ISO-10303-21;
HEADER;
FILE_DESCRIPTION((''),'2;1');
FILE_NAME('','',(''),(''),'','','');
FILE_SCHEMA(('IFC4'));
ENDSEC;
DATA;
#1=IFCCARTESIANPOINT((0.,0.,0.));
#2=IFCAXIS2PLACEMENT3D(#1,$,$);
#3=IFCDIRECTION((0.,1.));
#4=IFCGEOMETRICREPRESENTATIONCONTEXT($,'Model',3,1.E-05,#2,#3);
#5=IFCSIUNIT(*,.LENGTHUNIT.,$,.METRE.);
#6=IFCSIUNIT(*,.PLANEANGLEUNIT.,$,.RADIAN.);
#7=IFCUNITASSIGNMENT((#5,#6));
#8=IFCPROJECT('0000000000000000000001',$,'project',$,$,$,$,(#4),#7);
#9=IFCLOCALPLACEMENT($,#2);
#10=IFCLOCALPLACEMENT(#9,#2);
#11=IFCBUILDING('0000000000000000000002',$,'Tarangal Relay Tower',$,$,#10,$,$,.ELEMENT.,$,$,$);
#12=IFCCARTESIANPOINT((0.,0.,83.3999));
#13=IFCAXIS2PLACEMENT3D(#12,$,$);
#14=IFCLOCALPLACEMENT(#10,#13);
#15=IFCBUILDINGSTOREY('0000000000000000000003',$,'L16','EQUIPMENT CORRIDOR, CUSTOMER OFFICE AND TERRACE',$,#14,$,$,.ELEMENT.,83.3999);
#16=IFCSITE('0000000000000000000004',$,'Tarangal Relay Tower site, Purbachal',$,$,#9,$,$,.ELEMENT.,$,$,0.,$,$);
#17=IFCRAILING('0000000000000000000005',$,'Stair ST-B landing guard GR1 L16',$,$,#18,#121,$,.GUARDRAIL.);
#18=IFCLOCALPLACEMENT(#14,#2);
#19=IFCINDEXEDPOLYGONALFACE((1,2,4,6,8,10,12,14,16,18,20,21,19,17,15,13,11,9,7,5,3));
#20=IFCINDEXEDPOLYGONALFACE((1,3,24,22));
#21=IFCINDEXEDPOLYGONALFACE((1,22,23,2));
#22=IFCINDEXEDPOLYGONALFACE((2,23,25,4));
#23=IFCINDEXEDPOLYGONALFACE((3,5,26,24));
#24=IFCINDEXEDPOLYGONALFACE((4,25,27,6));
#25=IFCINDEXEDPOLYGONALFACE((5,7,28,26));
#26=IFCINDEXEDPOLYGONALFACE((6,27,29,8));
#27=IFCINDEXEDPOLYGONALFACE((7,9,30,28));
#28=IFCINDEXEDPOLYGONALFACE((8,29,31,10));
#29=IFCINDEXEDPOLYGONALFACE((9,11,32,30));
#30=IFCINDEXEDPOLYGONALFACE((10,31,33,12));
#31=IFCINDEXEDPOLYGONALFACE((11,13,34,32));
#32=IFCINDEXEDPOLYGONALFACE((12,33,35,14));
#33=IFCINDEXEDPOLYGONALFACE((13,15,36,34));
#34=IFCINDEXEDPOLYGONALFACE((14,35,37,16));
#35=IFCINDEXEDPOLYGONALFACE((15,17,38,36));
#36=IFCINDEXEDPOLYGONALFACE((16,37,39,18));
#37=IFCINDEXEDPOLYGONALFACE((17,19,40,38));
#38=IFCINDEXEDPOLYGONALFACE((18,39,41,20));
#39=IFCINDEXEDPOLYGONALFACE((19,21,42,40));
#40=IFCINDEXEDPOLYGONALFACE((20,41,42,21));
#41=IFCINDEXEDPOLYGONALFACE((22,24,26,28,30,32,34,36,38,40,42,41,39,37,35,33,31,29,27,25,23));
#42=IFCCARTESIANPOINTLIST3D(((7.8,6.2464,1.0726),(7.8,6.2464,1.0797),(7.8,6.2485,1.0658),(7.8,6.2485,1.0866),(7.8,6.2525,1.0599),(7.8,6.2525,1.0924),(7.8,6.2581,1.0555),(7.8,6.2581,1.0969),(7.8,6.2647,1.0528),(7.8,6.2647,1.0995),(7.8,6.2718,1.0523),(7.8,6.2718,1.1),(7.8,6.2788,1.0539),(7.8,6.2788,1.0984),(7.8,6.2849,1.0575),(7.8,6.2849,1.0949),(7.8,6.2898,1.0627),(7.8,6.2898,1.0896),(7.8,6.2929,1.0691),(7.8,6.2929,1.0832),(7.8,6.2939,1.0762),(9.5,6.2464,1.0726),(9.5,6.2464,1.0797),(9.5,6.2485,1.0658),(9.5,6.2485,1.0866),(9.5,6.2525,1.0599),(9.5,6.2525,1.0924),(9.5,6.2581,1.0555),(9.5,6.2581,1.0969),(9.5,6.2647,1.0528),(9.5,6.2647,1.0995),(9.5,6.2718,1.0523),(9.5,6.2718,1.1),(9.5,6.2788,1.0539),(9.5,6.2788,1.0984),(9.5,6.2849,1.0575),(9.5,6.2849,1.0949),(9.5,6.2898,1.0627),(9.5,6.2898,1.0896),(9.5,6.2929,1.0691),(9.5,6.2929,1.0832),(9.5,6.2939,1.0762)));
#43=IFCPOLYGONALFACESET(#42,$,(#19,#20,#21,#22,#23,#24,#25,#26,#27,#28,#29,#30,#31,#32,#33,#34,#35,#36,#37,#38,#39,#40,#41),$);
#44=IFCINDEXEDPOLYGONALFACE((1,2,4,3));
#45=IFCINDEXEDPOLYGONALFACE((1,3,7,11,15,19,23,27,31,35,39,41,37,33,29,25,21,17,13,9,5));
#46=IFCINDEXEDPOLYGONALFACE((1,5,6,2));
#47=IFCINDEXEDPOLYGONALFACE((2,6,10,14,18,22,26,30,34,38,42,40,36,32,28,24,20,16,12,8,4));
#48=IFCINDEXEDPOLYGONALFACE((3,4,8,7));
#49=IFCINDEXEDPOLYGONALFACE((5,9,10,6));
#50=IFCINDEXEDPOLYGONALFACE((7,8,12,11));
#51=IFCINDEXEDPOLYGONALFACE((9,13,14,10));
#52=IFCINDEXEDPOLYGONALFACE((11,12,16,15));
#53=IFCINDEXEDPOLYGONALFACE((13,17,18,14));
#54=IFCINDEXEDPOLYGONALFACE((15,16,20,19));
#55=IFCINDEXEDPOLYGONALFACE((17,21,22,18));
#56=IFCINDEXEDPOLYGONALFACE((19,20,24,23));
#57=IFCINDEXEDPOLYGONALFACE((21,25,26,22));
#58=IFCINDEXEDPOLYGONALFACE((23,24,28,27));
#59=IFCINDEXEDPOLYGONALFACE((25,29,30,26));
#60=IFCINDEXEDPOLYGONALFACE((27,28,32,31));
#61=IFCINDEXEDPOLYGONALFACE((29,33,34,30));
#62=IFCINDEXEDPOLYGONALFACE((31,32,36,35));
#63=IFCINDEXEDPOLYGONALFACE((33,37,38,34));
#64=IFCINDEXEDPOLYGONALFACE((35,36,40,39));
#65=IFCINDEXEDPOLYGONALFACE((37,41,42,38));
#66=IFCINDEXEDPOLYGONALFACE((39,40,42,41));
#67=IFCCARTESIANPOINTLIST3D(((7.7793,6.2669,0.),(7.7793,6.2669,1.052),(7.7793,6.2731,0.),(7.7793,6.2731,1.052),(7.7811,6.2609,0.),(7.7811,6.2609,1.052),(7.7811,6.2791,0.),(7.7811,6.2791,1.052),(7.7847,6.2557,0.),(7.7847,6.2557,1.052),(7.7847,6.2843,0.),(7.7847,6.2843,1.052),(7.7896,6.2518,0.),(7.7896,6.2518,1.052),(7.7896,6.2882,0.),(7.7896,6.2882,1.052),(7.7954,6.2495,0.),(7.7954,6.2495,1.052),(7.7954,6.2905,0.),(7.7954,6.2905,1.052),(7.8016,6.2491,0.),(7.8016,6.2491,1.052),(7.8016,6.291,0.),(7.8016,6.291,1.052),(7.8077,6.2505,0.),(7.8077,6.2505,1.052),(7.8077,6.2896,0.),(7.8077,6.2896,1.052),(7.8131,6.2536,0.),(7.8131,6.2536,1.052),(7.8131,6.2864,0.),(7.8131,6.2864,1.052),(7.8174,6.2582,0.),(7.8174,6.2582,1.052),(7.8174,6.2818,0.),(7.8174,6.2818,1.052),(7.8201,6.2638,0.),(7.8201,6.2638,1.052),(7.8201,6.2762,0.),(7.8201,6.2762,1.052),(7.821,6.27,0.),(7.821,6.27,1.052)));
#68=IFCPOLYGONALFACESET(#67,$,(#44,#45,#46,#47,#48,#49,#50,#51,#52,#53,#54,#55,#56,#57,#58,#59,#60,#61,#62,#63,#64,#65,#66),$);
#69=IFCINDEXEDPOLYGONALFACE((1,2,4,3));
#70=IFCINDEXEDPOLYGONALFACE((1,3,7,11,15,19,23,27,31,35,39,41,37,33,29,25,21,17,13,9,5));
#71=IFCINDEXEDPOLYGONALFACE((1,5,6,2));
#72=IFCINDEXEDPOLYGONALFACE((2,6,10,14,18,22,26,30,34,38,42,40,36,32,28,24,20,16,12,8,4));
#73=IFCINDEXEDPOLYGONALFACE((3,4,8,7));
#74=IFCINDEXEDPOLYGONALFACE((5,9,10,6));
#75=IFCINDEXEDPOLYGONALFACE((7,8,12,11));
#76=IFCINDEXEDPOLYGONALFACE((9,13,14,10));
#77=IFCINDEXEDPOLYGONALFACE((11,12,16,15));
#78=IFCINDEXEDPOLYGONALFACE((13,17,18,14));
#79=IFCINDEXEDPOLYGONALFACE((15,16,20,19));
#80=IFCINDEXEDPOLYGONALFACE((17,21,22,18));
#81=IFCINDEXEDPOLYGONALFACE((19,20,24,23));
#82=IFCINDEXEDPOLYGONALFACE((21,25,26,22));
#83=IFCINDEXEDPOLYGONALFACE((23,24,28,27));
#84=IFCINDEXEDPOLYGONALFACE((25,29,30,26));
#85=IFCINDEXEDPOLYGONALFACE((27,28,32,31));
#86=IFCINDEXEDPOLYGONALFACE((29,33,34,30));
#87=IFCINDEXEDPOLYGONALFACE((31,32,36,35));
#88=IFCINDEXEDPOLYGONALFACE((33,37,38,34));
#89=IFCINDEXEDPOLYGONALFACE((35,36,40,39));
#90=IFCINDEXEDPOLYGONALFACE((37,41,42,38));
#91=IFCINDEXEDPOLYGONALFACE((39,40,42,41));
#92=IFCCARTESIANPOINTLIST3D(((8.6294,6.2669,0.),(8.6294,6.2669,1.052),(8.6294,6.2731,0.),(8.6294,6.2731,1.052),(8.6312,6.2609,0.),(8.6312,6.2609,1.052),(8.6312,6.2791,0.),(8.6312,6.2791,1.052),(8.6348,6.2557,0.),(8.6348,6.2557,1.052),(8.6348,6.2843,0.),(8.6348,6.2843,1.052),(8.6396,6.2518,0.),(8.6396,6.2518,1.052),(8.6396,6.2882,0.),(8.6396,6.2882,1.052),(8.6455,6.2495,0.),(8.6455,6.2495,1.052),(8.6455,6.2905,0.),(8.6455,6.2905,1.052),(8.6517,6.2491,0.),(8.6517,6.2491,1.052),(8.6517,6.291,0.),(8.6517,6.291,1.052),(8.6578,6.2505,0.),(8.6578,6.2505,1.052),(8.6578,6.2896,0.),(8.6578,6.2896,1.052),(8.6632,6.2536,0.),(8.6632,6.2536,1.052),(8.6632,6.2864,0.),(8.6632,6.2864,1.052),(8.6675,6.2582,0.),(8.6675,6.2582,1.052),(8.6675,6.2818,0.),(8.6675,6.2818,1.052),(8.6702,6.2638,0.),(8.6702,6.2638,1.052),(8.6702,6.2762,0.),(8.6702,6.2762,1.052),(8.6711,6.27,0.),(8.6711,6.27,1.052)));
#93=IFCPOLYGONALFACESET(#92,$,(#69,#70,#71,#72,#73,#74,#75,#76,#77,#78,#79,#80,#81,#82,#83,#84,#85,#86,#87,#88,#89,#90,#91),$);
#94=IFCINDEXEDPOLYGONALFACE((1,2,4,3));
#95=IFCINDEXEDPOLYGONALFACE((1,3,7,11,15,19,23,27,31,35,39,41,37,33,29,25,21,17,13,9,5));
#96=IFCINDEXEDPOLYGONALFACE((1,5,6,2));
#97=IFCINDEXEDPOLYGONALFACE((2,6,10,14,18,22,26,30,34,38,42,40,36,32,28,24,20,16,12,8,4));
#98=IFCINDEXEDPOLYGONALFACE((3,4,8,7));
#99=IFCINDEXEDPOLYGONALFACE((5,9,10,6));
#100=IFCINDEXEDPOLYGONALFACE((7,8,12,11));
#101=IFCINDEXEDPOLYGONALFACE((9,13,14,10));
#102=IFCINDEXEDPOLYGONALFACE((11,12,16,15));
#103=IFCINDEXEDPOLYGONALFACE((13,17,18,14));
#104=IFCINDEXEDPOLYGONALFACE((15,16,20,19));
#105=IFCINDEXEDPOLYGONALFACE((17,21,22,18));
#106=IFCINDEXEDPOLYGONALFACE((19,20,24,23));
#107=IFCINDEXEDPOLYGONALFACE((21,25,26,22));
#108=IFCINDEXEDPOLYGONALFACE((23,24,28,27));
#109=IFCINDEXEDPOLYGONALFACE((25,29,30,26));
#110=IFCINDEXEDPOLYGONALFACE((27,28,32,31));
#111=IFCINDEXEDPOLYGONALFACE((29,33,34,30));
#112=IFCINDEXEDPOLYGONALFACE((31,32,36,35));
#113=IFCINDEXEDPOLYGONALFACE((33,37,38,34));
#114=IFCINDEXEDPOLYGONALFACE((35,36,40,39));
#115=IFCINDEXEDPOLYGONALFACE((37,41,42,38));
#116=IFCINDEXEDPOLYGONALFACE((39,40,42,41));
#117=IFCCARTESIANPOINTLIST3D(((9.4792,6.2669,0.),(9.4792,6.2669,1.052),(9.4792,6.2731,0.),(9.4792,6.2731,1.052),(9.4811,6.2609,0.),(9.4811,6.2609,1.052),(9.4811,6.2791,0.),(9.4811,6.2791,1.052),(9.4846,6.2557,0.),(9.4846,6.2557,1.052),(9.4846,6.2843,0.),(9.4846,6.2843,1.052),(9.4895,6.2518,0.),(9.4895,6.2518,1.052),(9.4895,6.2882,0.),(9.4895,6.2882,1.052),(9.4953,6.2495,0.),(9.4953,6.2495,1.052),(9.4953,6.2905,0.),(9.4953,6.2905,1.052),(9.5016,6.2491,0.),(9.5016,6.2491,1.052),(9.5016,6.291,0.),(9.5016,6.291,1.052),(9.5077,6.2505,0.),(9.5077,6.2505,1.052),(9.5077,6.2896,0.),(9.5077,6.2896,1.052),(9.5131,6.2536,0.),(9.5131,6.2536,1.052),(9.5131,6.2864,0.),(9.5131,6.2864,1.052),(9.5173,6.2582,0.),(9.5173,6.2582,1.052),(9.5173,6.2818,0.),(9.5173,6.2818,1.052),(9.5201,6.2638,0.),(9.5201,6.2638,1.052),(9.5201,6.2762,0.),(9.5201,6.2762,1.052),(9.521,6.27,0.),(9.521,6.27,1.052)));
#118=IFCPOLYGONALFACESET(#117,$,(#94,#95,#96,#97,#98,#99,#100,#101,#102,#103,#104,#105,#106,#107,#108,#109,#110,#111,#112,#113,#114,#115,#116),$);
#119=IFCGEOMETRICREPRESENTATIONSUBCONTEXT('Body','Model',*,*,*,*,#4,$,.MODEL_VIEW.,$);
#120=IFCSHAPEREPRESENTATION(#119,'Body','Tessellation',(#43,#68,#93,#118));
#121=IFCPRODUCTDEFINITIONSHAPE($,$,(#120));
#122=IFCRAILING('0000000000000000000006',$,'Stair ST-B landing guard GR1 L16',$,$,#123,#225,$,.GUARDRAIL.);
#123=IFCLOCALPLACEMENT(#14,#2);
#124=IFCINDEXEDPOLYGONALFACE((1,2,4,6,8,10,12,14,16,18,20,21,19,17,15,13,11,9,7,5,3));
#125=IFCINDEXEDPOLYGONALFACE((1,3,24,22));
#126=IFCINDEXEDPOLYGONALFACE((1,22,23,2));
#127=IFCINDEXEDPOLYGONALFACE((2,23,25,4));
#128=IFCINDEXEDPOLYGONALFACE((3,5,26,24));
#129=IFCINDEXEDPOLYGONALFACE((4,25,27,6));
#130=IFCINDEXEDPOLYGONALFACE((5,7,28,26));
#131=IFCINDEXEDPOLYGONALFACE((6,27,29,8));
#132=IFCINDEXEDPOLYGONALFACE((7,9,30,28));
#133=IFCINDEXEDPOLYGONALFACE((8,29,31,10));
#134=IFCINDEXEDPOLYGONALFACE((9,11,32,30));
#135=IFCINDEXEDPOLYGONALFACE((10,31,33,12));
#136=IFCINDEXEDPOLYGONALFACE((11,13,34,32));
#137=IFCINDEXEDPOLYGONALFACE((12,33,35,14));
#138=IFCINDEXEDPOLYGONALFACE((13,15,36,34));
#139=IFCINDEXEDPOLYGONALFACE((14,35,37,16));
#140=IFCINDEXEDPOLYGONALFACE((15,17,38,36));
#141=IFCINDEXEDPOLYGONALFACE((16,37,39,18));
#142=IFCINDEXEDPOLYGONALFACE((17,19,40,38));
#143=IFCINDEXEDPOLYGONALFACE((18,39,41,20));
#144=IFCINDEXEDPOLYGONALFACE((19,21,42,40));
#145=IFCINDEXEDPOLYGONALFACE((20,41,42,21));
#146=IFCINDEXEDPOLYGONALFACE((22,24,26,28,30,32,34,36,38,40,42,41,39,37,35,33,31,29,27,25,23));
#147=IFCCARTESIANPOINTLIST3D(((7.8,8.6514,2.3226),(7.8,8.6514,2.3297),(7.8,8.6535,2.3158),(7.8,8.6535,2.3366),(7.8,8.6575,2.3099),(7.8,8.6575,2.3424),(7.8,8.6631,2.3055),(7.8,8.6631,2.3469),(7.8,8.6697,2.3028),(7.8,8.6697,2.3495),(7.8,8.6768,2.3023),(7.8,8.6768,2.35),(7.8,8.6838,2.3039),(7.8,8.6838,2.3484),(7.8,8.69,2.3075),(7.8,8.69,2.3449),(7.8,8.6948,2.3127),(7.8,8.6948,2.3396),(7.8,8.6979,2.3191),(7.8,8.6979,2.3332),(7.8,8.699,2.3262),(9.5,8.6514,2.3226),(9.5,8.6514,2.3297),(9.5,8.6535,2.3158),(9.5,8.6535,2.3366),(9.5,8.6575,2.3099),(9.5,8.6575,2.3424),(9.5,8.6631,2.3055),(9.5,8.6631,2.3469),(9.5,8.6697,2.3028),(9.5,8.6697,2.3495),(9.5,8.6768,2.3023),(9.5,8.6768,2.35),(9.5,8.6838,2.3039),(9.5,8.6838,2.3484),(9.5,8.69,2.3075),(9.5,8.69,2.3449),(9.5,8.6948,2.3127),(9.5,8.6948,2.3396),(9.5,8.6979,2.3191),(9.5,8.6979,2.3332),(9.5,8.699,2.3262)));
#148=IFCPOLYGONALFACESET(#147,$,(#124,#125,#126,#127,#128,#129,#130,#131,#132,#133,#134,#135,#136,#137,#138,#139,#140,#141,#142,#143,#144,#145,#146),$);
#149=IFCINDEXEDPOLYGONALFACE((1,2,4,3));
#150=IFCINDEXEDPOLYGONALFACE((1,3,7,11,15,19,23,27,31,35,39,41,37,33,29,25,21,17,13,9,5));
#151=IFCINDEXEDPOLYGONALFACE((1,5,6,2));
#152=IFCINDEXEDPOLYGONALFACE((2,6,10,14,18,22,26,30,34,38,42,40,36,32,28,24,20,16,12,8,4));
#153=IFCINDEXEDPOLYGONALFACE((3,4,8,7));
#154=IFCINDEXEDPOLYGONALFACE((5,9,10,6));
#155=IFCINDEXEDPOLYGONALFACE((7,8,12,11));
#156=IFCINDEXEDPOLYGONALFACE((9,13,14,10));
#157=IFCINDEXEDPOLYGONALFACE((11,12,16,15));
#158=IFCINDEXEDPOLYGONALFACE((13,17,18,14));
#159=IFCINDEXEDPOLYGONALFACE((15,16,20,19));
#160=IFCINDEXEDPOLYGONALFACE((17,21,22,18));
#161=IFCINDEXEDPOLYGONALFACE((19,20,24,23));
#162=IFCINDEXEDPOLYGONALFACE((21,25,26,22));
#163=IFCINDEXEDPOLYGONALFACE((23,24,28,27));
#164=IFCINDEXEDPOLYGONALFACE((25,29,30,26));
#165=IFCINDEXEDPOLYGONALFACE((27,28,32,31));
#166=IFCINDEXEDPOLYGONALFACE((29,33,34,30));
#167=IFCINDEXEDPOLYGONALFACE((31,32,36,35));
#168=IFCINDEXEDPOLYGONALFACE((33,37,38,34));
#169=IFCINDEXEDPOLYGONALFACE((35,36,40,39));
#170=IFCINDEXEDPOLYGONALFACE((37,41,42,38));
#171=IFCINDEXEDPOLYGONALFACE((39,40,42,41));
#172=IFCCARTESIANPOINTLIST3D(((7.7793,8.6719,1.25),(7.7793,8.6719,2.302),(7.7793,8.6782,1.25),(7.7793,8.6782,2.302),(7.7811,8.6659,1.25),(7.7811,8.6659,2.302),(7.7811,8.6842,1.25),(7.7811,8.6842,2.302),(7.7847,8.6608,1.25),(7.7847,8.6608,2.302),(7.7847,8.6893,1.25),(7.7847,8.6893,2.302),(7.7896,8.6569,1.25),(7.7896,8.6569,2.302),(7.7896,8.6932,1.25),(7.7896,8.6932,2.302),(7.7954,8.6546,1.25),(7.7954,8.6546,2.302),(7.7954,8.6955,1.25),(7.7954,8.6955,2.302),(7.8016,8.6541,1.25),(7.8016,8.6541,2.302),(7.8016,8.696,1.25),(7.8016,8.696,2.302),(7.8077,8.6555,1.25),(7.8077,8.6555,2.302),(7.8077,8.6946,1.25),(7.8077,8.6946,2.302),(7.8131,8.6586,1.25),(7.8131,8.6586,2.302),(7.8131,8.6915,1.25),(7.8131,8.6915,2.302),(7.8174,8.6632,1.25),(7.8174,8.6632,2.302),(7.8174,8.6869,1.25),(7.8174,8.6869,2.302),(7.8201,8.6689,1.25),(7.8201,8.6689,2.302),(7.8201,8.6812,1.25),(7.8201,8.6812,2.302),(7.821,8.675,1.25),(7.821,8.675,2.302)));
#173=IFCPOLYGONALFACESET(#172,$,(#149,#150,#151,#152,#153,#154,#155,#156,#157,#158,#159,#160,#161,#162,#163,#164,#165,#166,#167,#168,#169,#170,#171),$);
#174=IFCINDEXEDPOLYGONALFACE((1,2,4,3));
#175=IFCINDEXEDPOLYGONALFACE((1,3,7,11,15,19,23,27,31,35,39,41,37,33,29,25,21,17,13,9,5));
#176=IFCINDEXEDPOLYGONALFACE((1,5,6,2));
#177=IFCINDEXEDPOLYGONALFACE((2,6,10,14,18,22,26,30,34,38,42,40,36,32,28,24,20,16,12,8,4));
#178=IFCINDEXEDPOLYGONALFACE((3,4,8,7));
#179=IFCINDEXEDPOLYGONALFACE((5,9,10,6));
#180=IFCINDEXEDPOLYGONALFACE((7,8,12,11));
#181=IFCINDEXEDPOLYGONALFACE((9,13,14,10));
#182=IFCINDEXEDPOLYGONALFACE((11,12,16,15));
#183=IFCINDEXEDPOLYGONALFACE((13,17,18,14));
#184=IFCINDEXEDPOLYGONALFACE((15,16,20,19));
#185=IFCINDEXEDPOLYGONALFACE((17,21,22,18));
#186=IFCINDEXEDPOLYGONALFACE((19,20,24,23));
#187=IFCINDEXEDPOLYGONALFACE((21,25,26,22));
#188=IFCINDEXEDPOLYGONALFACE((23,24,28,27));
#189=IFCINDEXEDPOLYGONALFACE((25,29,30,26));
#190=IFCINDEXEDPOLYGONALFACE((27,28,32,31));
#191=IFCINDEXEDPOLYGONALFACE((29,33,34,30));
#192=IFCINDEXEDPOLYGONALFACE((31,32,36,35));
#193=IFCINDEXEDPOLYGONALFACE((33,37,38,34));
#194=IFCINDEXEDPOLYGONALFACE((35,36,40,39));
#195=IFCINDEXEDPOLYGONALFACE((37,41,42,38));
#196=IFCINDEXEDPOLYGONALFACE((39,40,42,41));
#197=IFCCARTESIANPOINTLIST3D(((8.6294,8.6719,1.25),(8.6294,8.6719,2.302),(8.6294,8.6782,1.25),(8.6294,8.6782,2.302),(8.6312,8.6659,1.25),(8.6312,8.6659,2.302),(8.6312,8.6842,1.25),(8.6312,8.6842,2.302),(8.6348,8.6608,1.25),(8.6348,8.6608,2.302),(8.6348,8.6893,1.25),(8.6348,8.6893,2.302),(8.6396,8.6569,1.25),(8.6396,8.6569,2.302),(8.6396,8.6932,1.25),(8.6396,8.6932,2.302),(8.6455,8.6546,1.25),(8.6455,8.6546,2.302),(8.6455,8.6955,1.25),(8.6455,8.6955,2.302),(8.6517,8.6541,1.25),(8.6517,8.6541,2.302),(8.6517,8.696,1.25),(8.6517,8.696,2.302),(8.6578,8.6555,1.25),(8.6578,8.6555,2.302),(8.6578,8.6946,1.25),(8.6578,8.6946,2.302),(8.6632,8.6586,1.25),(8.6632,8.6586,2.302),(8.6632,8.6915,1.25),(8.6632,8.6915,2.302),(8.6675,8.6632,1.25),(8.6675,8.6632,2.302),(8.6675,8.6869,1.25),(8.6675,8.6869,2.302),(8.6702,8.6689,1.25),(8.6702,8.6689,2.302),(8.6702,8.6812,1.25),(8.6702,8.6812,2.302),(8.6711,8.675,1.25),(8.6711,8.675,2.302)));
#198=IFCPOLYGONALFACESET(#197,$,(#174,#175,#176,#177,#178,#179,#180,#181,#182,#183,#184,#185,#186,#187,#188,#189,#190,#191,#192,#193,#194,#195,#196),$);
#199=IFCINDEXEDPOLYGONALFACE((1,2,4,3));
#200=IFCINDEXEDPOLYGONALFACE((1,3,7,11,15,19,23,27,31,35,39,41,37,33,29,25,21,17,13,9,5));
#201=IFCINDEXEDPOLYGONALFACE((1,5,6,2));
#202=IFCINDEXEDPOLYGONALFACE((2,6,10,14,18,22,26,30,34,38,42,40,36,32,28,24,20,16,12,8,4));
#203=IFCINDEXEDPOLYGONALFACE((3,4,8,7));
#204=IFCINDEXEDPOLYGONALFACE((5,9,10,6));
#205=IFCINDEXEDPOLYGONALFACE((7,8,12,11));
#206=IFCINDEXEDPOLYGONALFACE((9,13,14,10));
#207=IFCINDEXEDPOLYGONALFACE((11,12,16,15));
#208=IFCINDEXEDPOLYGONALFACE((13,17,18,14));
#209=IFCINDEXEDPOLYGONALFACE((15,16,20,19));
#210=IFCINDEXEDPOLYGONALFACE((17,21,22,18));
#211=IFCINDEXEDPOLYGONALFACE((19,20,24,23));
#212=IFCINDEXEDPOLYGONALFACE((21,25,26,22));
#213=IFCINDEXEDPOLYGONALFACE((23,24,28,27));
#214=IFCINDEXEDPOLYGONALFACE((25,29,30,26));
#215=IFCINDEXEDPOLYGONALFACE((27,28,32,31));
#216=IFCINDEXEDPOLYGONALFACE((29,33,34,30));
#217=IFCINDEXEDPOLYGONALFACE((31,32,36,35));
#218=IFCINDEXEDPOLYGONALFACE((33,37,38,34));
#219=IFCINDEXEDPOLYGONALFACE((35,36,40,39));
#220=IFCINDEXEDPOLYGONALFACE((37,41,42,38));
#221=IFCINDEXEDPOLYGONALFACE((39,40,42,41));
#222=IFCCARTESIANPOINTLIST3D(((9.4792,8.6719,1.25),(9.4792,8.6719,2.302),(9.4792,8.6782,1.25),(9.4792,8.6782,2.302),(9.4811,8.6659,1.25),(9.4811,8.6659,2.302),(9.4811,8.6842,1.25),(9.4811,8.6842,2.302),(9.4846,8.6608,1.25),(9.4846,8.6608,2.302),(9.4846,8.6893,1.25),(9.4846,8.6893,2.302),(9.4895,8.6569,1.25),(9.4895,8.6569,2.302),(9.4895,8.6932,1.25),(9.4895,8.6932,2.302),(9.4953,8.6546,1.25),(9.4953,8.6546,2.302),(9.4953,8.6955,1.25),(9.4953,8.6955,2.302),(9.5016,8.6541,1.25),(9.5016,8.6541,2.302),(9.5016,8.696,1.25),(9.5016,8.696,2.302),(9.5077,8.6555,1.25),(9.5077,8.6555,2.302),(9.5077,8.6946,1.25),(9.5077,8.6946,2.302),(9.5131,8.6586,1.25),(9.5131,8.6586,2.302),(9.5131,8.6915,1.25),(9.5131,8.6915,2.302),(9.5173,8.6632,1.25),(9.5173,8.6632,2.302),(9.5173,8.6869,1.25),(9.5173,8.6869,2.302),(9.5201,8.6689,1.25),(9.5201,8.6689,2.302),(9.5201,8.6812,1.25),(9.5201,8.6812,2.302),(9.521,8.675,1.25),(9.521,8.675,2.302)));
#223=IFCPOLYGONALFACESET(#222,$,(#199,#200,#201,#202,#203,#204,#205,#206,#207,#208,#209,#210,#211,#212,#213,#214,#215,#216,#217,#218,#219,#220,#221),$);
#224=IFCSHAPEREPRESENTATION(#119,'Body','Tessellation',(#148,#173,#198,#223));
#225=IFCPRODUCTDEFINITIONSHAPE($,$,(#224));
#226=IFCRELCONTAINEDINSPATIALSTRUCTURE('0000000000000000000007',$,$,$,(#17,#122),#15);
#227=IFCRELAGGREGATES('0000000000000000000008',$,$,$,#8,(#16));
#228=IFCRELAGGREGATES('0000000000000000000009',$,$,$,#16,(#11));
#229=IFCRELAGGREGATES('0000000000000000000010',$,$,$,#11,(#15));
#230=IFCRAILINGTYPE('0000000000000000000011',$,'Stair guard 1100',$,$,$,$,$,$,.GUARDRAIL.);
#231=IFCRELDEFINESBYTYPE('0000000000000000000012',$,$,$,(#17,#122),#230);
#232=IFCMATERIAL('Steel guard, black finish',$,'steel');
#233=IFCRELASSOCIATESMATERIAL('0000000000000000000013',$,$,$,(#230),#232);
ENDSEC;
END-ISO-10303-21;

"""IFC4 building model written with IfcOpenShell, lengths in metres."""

from ifc_helpers import new_model, si_unit, direction, frame, origin, origin_2d, place, context, subcontext, project, spatial, circle, extrude, material, type_object, element, save


model = new_model("IFC4")

# Units and contexts
model_context = context("Model", 3, precision=1e-05, world=origin(), true_north=direction((0.0, 1.0)))
body_context = subcontext(model_context, "Body", "Model", "MODEL_VIEW")
ifc_project = project(units=[si_unit("LENGTHUNIT", "METRE"), si_unit("PLANEANGLEUNIT", "RADIAN")], contexts=[model_context])

# Site, building, storey
site_placement = place(None, origin())
site = spatial("IfcSite", under=ifc_project, at=site_placement, Name="Tarangal Relay Tower site, Purbachal", CompositionType="ELEMENT", RefElevation=0.0)
building_placement = place(site_placement, origin())
building = spatial("IfcBuilding", under=site, at=building_placement, Name="Tarangal Relay Tower", CompositionType="ELEMENT")
storey_placement = place(building_placement, frame((0.0, 0.0, 83.3999)))
storey = spatial("IfcBuildingStorey", under=building, at=storey_placement, Name="L16", Description="EQUIPMENT CORRIDOR, CUSTOMER OFFICE AND TERRACE", CompositionType="ELEMENT", Elevation=83.3999)

# Railings
ifc_material_1 = material(Name="Steel guard, black finish", Category="steel")
railing_type_1 = type_object("IfcRailingType", Name="Stair guard 1100", PredefinedType="GUARDRAIL", material=ifc_material_1)
for number, where, name in (
    (1, (7.8, 6.27, 0.0), "Stair ST-B landing guard GR1 L16"),
    (2, (7.8, 8.675, 1.25), "Stair ST-B landing guard GR1 L16"),
):
    element("IfcRailing", number, at=place(storey_placement, frame(where)), inside=storey, type_object=railing_type_1, Name=name, PredefinedType="GUARDRAIL", context=body_context, shape_type="SweptSolid", body=[
        extrude(circle(Radius=0.0239, at=origin_2d()), frame((0.0, 0.0, 1.0762), z_axis=(1.0, 0.0, 0.0), x_axis=(0.0, 1.0, 0.0)), (0.0, 0.0, 1.0), 1.7),
        extrude(circle(Radius=0.021, at=origin_2d()), origin(), (0.0, 0.0, 1.0), 1.052),
        extrude(circle(Radius=0.021, at=origin_2d()), frame((0.8501, 0.0, 0.0)), (0.0, 0.0, 1.0), 1.052),
        extrude(circle(Radius=0.021, at=origin_2d()), frame((1.7, 0.0, 0.0)), (0.0, 0.0, 1.0), 1.052),
    ])

save(model, "model.ifc")
